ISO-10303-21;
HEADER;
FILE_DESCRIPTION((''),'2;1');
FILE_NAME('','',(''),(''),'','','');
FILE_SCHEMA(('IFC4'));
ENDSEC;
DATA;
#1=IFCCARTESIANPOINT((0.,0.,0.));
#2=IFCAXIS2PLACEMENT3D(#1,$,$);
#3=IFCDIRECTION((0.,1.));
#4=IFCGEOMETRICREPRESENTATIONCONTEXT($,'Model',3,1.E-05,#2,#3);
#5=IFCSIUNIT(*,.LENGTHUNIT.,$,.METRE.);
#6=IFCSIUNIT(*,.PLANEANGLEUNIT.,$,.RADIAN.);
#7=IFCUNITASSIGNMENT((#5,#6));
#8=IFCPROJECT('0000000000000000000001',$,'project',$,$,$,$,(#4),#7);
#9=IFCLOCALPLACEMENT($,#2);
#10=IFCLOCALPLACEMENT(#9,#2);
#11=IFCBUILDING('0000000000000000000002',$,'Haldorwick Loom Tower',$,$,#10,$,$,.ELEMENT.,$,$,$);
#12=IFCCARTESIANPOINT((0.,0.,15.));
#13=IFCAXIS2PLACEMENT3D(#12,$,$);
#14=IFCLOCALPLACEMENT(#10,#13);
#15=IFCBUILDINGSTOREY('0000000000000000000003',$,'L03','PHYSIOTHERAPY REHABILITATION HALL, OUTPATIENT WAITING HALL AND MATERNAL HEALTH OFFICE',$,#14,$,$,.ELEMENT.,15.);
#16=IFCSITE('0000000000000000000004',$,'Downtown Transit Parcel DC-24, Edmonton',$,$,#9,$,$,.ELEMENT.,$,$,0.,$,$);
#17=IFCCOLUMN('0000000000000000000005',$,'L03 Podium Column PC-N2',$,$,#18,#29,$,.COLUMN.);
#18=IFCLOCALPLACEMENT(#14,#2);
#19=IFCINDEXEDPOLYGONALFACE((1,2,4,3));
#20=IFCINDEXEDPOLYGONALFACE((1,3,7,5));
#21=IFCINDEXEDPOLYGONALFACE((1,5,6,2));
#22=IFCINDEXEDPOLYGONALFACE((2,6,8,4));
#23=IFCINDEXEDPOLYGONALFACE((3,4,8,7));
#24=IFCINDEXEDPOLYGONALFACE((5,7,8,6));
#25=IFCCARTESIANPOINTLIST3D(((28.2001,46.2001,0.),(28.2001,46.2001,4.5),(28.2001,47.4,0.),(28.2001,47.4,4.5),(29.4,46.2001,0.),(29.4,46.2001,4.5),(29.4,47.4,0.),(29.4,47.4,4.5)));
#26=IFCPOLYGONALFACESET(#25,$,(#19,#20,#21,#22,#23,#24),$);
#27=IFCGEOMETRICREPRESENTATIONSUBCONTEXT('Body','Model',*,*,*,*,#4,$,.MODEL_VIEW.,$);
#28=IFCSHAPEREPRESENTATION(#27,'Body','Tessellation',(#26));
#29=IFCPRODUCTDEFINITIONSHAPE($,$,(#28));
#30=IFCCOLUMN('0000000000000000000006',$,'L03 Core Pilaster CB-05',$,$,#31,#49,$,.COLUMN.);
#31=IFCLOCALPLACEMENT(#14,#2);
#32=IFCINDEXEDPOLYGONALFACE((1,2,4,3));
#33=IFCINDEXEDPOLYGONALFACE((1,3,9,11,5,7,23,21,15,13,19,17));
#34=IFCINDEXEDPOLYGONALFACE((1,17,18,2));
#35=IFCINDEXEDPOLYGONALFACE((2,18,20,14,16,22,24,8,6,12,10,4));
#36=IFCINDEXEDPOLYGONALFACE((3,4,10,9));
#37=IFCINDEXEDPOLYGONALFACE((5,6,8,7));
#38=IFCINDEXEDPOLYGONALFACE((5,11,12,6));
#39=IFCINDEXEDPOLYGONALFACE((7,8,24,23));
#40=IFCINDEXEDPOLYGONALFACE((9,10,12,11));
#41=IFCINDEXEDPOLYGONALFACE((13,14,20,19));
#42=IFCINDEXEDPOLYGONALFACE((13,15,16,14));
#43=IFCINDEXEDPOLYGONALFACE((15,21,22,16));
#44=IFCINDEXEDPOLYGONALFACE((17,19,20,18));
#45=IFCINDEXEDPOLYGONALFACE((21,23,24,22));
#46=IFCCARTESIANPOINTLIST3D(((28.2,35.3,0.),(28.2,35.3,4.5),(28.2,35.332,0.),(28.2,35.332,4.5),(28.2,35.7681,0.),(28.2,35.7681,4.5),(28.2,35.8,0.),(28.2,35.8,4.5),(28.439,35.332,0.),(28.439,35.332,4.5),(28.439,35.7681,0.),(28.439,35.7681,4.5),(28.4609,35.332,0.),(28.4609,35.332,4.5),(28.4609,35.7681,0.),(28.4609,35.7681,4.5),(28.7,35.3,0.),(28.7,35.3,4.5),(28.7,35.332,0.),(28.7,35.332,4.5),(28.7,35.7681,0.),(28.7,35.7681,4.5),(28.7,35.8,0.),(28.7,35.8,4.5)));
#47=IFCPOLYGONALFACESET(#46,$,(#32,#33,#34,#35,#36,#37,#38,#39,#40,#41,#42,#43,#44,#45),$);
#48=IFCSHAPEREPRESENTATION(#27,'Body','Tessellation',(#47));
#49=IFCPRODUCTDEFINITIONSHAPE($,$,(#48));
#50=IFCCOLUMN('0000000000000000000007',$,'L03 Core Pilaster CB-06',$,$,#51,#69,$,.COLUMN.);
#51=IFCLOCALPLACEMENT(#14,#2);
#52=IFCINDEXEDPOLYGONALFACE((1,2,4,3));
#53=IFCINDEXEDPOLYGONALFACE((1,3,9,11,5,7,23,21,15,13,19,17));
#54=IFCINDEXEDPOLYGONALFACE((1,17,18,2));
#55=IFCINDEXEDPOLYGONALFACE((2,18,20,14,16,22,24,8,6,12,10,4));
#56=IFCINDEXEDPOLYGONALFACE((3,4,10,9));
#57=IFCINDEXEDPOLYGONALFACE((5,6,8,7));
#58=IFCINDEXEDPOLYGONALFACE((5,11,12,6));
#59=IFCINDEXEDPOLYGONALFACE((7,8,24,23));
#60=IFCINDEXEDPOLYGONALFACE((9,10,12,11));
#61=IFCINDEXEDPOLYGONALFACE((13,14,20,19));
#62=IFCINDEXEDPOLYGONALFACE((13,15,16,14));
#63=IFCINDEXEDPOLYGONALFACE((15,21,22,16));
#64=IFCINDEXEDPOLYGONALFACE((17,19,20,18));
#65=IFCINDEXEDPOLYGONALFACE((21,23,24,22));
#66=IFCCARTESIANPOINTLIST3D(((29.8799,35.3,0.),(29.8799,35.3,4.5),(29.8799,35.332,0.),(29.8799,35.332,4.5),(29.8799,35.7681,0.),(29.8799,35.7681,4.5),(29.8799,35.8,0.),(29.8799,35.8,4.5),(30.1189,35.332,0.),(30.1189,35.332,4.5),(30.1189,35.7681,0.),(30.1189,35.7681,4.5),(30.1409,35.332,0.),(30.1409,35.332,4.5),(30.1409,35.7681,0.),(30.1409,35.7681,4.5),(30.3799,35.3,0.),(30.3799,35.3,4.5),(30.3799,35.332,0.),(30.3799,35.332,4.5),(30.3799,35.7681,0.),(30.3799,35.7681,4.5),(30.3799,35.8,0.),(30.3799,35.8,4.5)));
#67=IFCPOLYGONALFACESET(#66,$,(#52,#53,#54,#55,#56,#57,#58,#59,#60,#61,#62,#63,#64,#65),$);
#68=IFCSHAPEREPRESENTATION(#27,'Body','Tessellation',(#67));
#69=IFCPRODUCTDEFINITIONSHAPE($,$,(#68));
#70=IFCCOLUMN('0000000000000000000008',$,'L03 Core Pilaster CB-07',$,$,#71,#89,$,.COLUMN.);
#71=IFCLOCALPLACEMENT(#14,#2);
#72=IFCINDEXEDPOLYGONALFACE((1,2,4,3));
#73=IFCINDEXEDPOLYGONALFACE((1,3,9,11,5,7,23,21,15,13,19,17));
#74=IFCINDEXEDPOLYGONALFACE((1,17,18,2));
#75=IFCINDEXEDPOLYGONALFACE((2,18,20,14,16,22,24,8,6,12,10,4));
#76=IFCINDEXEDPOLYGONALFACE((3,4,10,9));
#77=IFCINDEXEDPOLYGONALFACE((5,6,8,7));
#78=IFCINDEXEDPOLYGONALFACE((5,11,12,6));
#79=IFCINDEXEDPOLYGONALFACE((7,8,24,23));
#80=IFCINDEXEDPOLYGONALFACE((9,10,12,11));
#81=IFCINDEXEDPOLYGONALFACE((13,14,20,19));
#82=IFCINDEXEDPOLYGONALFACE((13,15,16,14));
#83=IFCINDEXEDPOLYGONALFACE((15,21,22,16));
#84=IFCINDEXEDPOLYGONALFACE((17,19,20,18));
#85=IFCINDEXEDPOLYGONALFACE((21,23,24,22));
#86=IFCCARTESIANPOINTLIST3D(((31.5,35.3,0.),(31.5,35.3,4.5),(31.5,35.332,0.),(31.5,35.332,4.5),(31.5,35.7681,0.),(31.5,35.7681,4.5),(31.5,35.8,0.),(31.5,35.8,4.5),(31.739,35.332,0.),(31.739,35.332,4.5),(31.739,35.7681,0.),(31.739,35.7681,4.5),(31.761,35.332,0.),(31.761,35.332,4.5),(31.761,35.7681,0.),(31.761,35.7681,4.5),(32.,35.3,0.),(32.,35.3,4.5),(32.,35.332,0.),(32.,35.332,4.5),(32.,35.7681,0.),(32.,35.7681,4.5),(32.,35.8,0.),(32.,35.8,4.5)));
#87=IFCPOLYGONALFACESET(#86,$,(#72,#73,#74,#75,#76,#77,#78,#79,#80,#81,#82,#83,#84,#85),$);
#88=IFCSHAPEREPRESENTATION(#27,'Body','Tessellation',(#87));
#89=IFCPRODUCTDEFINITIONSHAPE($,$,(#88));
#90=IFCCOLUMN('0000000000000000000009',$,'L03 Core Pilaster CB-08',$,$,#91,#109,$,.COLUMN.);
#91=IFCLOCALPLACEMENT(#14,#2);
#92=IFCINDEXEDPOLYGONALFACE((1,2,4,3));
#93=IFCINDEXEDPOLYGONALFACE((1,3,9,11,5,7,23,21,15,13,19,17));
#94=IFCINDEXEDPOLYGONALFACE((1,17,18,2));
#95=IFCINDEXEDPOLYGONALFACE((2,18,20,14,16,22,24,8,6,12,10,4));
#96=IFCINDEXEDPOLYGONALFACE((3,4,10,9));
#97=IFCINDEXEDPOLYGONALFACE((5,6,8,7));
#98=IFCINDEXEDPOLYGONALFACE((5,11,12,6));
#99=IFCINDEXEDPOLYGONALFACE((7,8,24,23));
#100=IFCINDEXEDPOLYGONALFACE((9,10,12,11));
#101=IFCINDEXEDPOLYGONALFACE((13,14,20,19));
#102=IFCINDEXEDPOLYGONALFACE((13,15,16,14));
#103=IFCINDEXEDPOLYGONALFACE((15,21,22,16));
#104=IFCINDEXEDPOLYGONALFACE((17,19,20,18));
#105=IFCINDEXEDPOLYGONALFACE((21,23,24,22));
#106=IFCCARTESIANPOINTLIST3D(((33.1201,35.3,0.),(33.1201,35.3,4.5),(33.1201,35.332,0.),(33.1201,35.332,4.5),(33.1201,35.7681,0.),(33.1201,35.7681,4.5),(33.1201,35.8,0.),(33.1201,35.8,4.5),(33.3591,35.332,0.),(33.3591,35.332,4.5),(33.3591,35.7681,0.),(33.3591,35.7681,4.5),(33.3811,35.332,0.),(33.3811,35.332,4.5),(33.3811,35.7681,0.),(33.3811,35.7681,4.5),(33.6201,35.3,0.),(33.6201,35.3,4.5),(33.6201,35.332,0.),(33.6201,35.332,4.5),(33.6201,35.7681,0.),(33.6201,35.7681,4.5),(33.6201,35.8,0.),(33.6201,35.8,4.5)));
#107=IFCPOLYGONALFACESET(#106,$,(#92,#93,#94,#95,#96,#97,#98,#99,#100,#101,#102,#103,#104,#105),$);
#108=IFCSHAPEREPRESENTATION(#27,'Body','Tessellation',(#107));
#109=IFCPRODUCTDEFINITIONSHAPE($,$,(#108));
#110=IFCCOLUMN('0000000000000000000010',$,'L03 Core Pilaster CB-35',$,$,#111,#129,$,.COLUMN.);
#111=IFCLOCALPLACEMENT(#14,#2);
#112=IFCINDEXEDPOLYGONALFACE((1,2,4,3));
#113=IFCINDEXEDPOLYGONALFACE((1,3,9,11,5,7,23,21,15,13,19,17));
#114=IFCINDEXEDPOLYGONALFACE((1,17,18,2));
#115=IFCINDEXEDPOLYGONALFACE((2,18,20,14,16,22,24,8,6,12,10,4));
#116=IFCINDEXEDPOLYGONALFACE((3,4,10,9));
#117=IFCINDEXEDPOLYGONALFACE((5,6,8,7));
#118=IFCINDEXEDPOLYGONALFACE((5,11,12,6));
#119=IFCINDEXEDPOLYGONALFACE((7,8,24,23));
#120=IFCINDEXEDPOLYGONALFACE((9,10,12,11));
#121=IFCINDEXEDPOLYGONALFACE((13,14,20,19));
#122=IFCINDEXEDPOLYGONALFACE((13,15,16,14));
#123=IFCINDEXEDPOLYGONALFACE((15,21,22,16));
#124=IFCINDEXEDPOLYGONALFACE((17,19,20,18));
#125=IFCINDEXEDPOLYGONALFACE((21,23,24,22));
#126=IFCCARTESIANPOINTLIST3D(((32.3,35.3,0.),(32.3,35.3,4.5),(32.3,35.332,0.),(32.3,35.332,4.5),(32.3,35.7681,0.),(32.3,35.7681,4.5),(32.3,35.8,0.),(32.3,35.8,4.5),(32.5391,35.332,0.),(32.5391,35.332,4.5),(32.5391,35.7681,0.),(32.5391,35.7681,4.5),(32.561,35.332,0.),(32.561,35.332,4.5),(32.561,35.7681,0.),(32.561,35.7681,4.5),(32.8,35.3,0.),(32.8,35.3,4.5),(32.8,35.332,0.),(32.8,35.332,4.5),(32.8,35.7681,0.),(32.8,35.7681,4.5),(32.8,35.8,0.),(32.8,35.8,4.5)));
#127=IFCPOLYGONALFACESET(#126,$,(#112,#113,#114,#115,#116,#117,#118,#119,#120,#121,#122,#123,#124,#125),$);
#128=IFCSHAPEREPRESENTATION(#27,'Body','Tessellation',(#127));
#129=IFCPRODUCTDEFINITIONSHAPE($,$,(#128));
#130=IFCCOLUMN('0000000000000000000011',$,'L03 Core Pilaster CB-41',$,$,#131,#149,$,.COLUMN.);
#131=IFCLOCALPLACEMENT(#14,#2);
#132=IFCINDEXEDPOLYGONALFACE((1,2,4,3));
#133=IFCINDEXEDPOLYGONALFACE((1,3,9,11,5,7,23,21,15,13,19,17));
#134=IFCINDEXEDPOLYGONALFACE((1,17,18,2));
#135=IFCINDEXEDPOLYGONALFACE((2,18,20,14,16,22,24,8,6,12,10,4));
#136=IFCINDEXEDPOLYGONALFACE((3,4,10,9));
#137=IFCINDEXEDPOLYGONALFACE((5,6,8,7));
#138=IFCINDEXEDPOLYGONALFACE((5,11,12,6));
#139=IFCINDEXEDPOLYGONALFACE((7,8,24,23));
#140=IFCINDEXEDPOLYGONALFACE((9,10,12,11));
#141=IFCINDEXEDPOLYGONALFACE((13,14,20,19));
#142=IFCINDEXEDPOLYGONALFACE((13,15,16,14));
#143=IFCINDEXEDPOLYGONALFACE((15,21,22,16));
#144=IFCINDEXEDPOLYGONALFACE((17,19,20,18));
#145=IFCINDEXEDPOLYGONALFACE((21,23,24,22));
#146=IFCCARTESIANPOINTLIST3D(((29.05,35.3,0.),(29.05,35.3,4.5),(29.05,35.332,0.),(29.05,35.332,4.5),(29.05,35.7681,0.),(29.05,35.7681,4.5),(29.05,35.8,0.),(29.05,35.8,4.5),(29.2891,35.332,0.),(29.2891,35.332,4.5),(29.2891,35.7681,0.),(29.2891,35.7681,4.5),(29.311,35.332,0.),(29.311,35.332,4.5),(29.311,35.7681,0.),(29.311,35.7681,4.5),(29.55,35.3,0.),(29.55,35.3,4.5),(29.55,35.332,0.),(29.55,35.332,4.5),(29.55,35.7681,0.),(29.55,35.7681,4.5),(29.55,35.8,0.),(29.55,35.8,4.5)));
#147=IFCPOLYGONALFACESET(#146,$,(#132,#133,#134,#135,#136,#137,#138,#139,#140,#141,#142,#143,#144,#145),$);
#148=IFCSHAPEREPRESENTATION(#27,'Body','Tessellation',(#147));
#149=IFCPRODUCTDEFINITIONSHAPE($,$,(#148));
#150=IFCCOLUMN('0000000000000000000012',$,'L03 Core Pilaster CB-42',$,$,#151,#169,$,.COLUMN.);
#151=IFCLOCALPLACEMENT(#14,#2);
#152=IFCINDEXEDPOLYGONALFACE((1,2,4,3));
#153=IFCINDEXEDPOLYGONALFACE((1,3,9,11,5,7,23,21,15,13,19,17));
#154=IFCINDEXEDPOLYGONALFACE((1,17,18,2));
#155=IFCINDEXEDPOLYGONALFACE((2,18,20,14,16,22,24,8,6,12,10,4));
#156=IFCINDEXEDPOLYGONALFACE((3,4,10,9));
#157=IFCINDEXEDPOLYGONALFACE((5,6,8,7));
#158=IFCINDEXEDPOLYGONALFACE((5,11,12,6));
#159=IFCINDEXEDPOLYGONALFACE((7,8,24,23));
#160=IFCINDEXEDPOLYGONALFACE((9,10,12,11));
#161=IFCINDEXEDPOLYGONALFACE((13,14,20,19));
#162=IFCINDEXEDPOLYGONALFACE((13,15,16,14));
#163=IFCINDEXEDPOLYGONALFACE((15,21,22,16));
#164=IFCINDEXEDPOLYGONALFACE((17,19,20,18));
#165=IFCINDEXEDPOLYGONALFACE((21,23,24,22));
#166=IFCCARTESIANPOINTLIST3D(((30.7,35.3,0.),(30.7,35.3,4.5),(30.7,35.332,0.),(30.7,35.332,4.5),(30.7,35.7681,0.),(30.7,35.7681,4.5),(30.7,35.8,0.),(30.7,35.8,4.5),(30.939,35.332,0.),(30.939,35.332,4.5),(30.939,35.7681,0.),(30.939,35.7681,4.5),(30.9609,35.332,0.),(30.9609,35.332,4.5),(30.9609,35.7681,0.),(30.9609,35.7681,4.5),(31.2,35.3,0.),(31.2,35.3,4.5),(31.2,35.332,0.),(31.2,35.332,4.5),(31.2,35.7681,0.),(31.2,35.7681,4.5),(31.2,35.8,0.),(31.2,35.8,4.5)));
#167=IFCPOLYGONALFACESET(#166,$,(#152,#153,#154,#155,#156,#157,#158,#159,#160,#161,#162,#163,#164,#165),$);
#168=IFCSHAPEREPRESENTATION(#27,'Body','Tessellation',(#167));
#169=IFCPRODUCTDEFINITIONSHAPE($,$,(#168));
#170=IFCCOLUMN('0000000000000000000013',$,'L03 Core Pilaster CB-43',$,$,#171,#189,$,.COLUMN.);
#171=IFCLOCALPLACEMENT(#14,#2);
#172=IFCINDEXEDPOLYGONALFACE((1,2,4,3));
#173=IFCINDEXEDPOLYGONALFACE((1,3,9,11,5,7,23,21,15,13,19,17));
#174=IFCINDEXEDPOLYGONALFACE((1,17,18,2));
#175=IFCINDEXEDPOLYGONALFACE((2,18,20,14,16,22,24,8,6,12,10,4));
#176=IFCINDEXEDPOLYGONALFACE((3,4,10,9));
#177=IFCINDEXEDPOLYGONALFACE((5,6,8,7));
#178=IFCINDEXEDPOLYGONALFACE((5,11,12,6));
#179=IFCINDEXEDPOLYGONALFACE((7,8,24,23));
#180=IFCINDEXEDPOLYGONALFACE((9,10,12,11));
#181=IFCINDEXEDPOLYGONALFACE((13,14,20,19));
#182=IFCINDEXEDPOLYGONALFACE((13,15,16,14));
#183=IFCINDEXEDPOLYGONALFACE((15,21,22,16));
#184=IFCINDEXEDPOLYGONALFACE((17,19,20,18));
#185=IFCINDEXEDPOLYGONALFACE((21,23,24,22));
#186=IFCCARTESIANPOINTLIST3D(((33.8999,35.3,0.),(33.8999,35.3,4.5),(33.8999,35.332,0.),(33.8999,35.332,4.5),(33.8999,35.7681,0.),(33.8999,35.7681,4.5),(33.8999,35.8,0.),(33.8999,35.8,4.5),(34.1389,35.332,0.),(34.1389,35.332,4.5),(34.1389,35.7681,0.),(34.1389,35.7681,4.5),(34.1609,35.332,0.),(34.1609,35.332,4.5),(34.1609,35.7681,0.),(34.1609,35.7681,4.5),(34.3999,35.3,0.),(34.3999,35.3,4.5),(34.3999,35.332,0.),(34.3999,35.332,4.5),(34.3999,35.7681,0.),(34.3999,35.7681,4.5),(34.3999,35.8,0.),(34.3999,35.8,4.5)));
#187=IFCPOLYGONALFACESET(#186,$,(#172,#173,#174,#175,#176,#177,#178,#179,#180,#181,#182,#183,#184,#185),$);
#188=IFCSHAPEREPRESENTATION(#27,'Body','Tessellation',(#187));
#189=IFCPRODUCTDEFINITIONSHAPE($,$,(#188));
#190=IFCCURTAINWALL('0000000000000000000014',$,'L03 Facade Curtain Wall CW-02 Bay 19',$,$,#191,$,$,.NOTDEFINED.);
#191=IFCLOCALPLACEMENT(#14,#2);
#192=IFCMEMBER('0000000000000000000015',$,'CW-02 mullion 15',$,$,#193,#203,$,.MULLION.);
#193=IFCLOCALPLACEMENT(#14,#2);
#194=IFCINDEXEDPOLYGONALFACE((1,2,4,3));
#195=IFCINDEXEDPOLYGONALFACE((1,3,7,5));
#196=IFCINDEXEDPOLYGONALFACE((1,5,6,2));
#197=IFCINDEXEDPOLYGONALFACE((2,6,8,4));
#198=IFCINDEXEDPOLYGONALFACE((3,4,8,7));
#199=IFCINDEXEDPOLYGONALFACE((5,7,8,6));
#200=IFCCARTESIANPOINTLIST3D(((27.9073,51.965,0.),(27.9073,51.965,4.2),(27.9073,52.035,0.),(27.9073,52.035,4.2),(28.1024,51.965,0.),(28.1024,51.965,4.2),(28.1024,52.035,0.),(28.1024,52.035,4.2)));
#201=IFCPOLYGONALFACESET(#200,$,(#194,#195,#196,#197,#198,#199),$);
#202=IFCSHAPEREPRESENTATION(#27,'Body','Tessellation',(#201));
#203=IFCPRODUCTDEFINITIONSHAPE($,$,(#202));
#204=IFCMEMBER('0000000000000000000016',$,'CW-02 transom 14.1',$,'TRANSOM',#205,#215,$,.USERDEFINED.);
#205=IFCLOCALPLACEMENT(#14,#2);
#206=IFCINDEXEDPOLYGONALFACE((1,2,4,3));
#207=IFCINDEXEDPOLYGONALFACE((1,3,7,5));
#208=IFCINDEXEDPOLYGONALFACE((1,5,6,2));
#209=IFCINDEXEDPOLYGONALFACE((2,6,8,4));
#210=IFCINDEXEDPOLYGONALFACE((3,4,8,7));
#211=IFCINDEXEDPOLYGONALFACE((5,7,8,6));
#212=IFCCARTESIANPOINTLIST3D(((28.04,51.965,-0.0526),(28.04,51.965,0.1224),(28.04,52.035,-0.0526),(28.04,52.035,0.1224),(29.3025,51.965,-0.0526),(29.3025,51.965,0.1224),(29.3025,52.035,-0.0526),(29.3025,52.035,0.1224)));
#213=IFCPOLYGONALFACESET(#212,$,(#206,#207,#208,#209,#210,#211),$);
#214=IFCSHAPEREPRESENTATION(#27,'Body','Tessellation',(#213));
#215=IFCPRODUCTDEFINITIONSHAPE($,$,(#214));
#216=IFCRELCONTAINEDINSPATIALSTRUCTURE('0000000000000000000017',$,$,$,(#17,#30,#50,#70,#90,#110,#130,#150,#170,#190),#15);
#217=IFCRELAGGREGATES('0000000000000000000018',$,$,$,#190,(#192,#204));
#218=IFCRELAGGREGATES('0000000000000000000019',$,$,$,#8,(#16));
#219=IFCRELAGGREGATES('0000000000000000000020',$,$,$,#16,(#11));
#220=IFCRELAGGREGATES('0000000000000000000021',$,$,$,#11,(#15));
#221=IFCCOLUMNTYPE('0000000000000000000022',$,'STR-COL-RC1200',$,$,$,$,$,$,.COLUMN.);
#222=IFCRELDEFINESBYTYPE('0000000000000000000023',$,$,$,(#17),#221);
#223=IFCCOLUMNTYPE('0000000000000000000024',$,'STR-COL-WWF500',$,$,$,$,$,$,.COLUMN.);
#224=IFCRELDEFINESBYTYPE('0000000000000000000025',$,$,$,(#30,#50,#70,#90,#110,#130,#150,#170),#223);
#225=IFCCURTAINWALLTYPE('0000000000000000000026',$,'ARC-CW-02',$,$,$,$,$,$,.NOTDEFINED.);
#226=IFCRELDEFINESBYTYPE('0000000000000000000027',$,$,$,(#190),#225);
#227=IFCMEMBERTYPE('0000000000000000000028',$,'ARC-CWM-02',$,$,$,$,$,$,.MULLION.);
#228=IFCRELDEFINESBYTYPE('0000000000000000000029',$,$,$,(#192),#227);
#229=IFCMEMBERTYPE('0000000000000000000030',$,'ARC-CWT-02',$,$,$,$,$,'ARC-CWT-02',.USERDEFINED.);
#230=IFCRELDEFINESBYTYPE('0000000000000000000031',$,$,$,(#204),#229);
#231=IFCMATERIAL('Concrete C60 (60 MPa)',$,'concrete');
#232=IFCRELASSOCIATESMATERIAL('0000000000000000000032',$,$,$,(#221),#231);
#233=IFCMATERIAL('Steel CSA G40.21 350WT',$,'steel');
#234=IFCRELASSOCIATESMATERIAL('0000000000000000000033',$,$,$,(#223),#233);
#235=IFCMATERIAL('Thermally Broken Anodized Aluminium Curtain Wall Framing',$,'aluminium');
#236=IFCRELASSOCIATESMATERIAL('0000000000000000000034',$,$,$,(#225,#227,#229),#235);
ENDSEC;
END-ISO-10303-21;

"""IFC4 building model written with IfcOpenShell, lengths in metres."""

from ifc_helpers import new_model, si_unit, direction, frame, origin, origin_2d, place, context, subcontext, project, spatial, rectangle, i_section, extrude, material, material_profile, profile_set, type_object, element, aggregate, save


model = new_model("IFC4")

# Units and contexts
model_context = context("Model", 3, precision=1e-05, world=origin(), true_north=direction((0.0, 1.0)))
body_context = subcontext(model_context, "Body", "Model", "MODEL_VIEW")
ifc_project = project(units=[si_unit("LENGTHUNIT", "METRE"), si_unit("PLANEANGLEUNIT", "RADIAN")], contexts=[model_context])

# Site, building, storey
site_placement = place(None, origin())
site = spatial("IfcSite", under=ifc_project, at=site_placement, Name="Downtown Transit Parcel DC-24, Edmonton", CompositionType="ELEMENT", RefElevation=0.0)
building_placement = place(site_placement, origin())
building = spatial("IfcBuilding", under=site, at=building_placement, Name="Haldorwick Loom Tower", CompositionType="ELEMENT")
storey_placement = place(building_placement, frame((0.0, 0.0, 15.0)))
storey = spatial("IfcBuildingStorey", under=building, at=storey_placement, Name="L03", Description="PHYSIOTHERAPY REHABILITATION HALL, OUTPATIENT WAITING HALL AND MATERNAL HEALTH OFFICE", CompositionType="ELEMENT", Elevation=15.0)

# Columns
ifc_material_1 = material(Name="Concrete C60 (60 MPa)", Category="concrete")
ifc_material_profile_1 = material_profile(ifc_material_1, rectangle(XDim=1.2, YDim=1.2, at=origin_2d()), Name="RC1200X1200", Category="concrete")
ifc_profile_set_1 = profile_set([ifc_material_profile_1], Name="Concrete C60 (60 MPa)")
column_type_1 = type_object("IfcColumnType", Name="STR-COL-RC1200", PredefinedType="COLUMN", material=ifc_profile_set_1)
column_placement = place(storey_placement, frame((28.8, 46.8, 0.0), z_axis=(0.0, 0.0, 1.0), x_axis=(1.0, 0.0, 0.0)))
element("IfcColumn", 1, at=column_placement, inside=storey, type_object=column_type_1, Name="L03 Podium Column PC-N2", PredefinedType="COLUMN", context=body_context, shape_type="SweptSolid", body=[
    extrude(rectangle(XDim=1.2, YDim=1.2, at=origin_2d()), origin(), (0.0, 0.0, 1.0), 4.5),
])
ifc_material_2 = material(Name="Steel CSA G40.21 350WT", Category="steel")
ifc_material_profile_2 = material_profile(ifc_material_2, i_section(OverallWidth=0.5, OverallDepth=0.5, WebThickness=0.022, FlangeThickness=0.032, at=origin_2d()), Name="WWF500X500", Category="steel")
ifc_profile_set_2 = profile_set([ifc_material_profile_2], Name="Steel CSA G40.21 350WT")
column_type_2 = type_object("IfcColumnType", Name="STR-COL-WWF500", PredefinedType="COLUMN", material=ifc_profile_set_2)
for number, where, z_axis, x_axis, name in (
    (2, (28.45, 35.55, 0.0), (0.0, 0.0, 1.0), (1.0, 0.0, 0.0), "L03 Core Pilaster CB-05"),
    (3, (30.1299, 35.55, 0.0), (0.0, 0.0, 1.0), (1.0, 0.0, 0.0), "L03 Core Pilaster CB-06"),
    (4, (31.75, 35.55, 0.0), (0.0, 0.0, 1.0), (1.0, 0.0, 0.0), "L03 Core Pilaster CB-07"),
    (5, (33.3701, 35.55, 0.0), (0.0, 0.0, 1.0), (1.0, 0.0, 0.0), "L03 Core Pilaster CB-08"),
    (6, (32.55, 35.55, 0.0), (0.0, 0.0, 1.0), (1.0, 0.0, 0.0), "L03 Core Pilaster CB-35"),
    (7, (29.3, 35.55, 0.0), (0.0, 0.0, 1.0), (1.0, 0.0, 0.0), "L03 Core Pilaster CB-41"),
    (8, (30.95, 35.55, 0.0), (0.0, 0.0, 1.0), (1.0, 0.0, 0.0), "L03 Core Pilaster CB-42"),
    (9, (34.1499, 35.55, 0.0), (0.0, 0.0, 1.0), (1.0, 0.0, 0.0), "L03 Core Pilaster CB-43"),
):
    element("IfcColumn", number, at=place(storey_placement, frame(where, z_axis=z_axis, x_axis=x_axis)), inside=storey, type_object=column_type_2, Name=name, PredefinedType="COLUMN", context=body_context, shape_type="SweptSolid", body=[
        extrude(i_section(OverallWidth=0.5, OverallDepth=0.5, WebThickness=0.022, FlangeThickness=0.032, at=origin_2d()), origin(), (0.0, 0.0, 1.0), 4.5),
    ])

# Curtain wall, members
ifc_material_3 = material(Name="Thermally Broken Anodized Aluminium Curtain Wall Framing", Category="aluminium")
curtain_wall_type = type_object("IfcCurtainWallType", Name="ARC-CW-02", PredefinedType="NOTDEFINED", material=ifc_material_3)
curtain_wall_placement = place(storey_placement, origin())
curtain_wall = element("IfcCurtainWall", 10, at=curtain_wall_placement, inside=storey, type_object=curtain_wall_type, Name="L03 Facade Curtain Wall CW-02 Bay 19", PredefinedType="NOTDEFINED")
ifc_material_profile_3 = material_profile(ifc_material_3, rectangle(XDim=0.0701, YDim=0.1951, at=origin_2d()), Name="ALU_MUL_70X195", Category="aluminium")
ifc_profile_set_3 = profile_set([ifc_material_profile_3], Name="Thermally Broken Anodized Aluminium Curtain Wall Framing")
member_type_1 = type_object("IfcMemberType", Name="ARC-CWM-02", PredefinedType="MULLION", material=ifc_profile_set_3)
member_1_placement = place(storey_placement, frame((28.0049, 52.0, 0.0), z_axis=(0.0, 0.0, 1.0), x_axis=(0.0, -1.0, 0.0)))
member_1 = element("IfcMember", 11, at=member_1_placement, type_object=member_type_1, Name="CW-02 mullion 15", PredefinedType="MULLION", context=body_context, shape_type="SweptSolid", body=[
    extrude(rectangle(XDim=0.0701, YDim=0.1951, at=origin_2d()), origin(), (0.0, 0.0, 1.0), 4.2),
])
ifc_material_profile_4 = material_profile(ifc_material_3, rectangle(XDim=0.0701, YDim=0.175, at=origin_2d()), Name="ALU_TRN_70X175", Category="aluminium")
ifc_profile_set_4 = profile_set([ifc_material_profile_4], Name="Thermally Broken Anodized Aluminium Curtain Wall Framing")
member_type_2 = type_object("IfcMemberType", Name="ARC-CWT-02", ElementType="ARC-CWT-02", PredefinedType="USERDEFINED", material=ifc_profile_set_4)
member_2_placement = place(storey_placement, frame((29.3025, 52.0, 0.0349), z_axis=(-1.0, 0.0, 0.0), x_axis=(0.0, -1.0, 0.0)))
member_2 = element("IfcMember", 12, at=member_2_placement, type_object=member_type_2, Name="CW-02 transom 14.1", ObjectType="TRANSOM", PredefinedType="USERDEFINED", context=body_context, shape_type="SweptSolid", body=[
    extrude(rectangle(XDim=0.0701, YDim=0.175, at=origin_2d()), origin(), (0.0, 0.0, 1.0), 1.2625),
])

aggregate(curtain_wall, [member_1, member_2])

save(model, "model.ifc")
